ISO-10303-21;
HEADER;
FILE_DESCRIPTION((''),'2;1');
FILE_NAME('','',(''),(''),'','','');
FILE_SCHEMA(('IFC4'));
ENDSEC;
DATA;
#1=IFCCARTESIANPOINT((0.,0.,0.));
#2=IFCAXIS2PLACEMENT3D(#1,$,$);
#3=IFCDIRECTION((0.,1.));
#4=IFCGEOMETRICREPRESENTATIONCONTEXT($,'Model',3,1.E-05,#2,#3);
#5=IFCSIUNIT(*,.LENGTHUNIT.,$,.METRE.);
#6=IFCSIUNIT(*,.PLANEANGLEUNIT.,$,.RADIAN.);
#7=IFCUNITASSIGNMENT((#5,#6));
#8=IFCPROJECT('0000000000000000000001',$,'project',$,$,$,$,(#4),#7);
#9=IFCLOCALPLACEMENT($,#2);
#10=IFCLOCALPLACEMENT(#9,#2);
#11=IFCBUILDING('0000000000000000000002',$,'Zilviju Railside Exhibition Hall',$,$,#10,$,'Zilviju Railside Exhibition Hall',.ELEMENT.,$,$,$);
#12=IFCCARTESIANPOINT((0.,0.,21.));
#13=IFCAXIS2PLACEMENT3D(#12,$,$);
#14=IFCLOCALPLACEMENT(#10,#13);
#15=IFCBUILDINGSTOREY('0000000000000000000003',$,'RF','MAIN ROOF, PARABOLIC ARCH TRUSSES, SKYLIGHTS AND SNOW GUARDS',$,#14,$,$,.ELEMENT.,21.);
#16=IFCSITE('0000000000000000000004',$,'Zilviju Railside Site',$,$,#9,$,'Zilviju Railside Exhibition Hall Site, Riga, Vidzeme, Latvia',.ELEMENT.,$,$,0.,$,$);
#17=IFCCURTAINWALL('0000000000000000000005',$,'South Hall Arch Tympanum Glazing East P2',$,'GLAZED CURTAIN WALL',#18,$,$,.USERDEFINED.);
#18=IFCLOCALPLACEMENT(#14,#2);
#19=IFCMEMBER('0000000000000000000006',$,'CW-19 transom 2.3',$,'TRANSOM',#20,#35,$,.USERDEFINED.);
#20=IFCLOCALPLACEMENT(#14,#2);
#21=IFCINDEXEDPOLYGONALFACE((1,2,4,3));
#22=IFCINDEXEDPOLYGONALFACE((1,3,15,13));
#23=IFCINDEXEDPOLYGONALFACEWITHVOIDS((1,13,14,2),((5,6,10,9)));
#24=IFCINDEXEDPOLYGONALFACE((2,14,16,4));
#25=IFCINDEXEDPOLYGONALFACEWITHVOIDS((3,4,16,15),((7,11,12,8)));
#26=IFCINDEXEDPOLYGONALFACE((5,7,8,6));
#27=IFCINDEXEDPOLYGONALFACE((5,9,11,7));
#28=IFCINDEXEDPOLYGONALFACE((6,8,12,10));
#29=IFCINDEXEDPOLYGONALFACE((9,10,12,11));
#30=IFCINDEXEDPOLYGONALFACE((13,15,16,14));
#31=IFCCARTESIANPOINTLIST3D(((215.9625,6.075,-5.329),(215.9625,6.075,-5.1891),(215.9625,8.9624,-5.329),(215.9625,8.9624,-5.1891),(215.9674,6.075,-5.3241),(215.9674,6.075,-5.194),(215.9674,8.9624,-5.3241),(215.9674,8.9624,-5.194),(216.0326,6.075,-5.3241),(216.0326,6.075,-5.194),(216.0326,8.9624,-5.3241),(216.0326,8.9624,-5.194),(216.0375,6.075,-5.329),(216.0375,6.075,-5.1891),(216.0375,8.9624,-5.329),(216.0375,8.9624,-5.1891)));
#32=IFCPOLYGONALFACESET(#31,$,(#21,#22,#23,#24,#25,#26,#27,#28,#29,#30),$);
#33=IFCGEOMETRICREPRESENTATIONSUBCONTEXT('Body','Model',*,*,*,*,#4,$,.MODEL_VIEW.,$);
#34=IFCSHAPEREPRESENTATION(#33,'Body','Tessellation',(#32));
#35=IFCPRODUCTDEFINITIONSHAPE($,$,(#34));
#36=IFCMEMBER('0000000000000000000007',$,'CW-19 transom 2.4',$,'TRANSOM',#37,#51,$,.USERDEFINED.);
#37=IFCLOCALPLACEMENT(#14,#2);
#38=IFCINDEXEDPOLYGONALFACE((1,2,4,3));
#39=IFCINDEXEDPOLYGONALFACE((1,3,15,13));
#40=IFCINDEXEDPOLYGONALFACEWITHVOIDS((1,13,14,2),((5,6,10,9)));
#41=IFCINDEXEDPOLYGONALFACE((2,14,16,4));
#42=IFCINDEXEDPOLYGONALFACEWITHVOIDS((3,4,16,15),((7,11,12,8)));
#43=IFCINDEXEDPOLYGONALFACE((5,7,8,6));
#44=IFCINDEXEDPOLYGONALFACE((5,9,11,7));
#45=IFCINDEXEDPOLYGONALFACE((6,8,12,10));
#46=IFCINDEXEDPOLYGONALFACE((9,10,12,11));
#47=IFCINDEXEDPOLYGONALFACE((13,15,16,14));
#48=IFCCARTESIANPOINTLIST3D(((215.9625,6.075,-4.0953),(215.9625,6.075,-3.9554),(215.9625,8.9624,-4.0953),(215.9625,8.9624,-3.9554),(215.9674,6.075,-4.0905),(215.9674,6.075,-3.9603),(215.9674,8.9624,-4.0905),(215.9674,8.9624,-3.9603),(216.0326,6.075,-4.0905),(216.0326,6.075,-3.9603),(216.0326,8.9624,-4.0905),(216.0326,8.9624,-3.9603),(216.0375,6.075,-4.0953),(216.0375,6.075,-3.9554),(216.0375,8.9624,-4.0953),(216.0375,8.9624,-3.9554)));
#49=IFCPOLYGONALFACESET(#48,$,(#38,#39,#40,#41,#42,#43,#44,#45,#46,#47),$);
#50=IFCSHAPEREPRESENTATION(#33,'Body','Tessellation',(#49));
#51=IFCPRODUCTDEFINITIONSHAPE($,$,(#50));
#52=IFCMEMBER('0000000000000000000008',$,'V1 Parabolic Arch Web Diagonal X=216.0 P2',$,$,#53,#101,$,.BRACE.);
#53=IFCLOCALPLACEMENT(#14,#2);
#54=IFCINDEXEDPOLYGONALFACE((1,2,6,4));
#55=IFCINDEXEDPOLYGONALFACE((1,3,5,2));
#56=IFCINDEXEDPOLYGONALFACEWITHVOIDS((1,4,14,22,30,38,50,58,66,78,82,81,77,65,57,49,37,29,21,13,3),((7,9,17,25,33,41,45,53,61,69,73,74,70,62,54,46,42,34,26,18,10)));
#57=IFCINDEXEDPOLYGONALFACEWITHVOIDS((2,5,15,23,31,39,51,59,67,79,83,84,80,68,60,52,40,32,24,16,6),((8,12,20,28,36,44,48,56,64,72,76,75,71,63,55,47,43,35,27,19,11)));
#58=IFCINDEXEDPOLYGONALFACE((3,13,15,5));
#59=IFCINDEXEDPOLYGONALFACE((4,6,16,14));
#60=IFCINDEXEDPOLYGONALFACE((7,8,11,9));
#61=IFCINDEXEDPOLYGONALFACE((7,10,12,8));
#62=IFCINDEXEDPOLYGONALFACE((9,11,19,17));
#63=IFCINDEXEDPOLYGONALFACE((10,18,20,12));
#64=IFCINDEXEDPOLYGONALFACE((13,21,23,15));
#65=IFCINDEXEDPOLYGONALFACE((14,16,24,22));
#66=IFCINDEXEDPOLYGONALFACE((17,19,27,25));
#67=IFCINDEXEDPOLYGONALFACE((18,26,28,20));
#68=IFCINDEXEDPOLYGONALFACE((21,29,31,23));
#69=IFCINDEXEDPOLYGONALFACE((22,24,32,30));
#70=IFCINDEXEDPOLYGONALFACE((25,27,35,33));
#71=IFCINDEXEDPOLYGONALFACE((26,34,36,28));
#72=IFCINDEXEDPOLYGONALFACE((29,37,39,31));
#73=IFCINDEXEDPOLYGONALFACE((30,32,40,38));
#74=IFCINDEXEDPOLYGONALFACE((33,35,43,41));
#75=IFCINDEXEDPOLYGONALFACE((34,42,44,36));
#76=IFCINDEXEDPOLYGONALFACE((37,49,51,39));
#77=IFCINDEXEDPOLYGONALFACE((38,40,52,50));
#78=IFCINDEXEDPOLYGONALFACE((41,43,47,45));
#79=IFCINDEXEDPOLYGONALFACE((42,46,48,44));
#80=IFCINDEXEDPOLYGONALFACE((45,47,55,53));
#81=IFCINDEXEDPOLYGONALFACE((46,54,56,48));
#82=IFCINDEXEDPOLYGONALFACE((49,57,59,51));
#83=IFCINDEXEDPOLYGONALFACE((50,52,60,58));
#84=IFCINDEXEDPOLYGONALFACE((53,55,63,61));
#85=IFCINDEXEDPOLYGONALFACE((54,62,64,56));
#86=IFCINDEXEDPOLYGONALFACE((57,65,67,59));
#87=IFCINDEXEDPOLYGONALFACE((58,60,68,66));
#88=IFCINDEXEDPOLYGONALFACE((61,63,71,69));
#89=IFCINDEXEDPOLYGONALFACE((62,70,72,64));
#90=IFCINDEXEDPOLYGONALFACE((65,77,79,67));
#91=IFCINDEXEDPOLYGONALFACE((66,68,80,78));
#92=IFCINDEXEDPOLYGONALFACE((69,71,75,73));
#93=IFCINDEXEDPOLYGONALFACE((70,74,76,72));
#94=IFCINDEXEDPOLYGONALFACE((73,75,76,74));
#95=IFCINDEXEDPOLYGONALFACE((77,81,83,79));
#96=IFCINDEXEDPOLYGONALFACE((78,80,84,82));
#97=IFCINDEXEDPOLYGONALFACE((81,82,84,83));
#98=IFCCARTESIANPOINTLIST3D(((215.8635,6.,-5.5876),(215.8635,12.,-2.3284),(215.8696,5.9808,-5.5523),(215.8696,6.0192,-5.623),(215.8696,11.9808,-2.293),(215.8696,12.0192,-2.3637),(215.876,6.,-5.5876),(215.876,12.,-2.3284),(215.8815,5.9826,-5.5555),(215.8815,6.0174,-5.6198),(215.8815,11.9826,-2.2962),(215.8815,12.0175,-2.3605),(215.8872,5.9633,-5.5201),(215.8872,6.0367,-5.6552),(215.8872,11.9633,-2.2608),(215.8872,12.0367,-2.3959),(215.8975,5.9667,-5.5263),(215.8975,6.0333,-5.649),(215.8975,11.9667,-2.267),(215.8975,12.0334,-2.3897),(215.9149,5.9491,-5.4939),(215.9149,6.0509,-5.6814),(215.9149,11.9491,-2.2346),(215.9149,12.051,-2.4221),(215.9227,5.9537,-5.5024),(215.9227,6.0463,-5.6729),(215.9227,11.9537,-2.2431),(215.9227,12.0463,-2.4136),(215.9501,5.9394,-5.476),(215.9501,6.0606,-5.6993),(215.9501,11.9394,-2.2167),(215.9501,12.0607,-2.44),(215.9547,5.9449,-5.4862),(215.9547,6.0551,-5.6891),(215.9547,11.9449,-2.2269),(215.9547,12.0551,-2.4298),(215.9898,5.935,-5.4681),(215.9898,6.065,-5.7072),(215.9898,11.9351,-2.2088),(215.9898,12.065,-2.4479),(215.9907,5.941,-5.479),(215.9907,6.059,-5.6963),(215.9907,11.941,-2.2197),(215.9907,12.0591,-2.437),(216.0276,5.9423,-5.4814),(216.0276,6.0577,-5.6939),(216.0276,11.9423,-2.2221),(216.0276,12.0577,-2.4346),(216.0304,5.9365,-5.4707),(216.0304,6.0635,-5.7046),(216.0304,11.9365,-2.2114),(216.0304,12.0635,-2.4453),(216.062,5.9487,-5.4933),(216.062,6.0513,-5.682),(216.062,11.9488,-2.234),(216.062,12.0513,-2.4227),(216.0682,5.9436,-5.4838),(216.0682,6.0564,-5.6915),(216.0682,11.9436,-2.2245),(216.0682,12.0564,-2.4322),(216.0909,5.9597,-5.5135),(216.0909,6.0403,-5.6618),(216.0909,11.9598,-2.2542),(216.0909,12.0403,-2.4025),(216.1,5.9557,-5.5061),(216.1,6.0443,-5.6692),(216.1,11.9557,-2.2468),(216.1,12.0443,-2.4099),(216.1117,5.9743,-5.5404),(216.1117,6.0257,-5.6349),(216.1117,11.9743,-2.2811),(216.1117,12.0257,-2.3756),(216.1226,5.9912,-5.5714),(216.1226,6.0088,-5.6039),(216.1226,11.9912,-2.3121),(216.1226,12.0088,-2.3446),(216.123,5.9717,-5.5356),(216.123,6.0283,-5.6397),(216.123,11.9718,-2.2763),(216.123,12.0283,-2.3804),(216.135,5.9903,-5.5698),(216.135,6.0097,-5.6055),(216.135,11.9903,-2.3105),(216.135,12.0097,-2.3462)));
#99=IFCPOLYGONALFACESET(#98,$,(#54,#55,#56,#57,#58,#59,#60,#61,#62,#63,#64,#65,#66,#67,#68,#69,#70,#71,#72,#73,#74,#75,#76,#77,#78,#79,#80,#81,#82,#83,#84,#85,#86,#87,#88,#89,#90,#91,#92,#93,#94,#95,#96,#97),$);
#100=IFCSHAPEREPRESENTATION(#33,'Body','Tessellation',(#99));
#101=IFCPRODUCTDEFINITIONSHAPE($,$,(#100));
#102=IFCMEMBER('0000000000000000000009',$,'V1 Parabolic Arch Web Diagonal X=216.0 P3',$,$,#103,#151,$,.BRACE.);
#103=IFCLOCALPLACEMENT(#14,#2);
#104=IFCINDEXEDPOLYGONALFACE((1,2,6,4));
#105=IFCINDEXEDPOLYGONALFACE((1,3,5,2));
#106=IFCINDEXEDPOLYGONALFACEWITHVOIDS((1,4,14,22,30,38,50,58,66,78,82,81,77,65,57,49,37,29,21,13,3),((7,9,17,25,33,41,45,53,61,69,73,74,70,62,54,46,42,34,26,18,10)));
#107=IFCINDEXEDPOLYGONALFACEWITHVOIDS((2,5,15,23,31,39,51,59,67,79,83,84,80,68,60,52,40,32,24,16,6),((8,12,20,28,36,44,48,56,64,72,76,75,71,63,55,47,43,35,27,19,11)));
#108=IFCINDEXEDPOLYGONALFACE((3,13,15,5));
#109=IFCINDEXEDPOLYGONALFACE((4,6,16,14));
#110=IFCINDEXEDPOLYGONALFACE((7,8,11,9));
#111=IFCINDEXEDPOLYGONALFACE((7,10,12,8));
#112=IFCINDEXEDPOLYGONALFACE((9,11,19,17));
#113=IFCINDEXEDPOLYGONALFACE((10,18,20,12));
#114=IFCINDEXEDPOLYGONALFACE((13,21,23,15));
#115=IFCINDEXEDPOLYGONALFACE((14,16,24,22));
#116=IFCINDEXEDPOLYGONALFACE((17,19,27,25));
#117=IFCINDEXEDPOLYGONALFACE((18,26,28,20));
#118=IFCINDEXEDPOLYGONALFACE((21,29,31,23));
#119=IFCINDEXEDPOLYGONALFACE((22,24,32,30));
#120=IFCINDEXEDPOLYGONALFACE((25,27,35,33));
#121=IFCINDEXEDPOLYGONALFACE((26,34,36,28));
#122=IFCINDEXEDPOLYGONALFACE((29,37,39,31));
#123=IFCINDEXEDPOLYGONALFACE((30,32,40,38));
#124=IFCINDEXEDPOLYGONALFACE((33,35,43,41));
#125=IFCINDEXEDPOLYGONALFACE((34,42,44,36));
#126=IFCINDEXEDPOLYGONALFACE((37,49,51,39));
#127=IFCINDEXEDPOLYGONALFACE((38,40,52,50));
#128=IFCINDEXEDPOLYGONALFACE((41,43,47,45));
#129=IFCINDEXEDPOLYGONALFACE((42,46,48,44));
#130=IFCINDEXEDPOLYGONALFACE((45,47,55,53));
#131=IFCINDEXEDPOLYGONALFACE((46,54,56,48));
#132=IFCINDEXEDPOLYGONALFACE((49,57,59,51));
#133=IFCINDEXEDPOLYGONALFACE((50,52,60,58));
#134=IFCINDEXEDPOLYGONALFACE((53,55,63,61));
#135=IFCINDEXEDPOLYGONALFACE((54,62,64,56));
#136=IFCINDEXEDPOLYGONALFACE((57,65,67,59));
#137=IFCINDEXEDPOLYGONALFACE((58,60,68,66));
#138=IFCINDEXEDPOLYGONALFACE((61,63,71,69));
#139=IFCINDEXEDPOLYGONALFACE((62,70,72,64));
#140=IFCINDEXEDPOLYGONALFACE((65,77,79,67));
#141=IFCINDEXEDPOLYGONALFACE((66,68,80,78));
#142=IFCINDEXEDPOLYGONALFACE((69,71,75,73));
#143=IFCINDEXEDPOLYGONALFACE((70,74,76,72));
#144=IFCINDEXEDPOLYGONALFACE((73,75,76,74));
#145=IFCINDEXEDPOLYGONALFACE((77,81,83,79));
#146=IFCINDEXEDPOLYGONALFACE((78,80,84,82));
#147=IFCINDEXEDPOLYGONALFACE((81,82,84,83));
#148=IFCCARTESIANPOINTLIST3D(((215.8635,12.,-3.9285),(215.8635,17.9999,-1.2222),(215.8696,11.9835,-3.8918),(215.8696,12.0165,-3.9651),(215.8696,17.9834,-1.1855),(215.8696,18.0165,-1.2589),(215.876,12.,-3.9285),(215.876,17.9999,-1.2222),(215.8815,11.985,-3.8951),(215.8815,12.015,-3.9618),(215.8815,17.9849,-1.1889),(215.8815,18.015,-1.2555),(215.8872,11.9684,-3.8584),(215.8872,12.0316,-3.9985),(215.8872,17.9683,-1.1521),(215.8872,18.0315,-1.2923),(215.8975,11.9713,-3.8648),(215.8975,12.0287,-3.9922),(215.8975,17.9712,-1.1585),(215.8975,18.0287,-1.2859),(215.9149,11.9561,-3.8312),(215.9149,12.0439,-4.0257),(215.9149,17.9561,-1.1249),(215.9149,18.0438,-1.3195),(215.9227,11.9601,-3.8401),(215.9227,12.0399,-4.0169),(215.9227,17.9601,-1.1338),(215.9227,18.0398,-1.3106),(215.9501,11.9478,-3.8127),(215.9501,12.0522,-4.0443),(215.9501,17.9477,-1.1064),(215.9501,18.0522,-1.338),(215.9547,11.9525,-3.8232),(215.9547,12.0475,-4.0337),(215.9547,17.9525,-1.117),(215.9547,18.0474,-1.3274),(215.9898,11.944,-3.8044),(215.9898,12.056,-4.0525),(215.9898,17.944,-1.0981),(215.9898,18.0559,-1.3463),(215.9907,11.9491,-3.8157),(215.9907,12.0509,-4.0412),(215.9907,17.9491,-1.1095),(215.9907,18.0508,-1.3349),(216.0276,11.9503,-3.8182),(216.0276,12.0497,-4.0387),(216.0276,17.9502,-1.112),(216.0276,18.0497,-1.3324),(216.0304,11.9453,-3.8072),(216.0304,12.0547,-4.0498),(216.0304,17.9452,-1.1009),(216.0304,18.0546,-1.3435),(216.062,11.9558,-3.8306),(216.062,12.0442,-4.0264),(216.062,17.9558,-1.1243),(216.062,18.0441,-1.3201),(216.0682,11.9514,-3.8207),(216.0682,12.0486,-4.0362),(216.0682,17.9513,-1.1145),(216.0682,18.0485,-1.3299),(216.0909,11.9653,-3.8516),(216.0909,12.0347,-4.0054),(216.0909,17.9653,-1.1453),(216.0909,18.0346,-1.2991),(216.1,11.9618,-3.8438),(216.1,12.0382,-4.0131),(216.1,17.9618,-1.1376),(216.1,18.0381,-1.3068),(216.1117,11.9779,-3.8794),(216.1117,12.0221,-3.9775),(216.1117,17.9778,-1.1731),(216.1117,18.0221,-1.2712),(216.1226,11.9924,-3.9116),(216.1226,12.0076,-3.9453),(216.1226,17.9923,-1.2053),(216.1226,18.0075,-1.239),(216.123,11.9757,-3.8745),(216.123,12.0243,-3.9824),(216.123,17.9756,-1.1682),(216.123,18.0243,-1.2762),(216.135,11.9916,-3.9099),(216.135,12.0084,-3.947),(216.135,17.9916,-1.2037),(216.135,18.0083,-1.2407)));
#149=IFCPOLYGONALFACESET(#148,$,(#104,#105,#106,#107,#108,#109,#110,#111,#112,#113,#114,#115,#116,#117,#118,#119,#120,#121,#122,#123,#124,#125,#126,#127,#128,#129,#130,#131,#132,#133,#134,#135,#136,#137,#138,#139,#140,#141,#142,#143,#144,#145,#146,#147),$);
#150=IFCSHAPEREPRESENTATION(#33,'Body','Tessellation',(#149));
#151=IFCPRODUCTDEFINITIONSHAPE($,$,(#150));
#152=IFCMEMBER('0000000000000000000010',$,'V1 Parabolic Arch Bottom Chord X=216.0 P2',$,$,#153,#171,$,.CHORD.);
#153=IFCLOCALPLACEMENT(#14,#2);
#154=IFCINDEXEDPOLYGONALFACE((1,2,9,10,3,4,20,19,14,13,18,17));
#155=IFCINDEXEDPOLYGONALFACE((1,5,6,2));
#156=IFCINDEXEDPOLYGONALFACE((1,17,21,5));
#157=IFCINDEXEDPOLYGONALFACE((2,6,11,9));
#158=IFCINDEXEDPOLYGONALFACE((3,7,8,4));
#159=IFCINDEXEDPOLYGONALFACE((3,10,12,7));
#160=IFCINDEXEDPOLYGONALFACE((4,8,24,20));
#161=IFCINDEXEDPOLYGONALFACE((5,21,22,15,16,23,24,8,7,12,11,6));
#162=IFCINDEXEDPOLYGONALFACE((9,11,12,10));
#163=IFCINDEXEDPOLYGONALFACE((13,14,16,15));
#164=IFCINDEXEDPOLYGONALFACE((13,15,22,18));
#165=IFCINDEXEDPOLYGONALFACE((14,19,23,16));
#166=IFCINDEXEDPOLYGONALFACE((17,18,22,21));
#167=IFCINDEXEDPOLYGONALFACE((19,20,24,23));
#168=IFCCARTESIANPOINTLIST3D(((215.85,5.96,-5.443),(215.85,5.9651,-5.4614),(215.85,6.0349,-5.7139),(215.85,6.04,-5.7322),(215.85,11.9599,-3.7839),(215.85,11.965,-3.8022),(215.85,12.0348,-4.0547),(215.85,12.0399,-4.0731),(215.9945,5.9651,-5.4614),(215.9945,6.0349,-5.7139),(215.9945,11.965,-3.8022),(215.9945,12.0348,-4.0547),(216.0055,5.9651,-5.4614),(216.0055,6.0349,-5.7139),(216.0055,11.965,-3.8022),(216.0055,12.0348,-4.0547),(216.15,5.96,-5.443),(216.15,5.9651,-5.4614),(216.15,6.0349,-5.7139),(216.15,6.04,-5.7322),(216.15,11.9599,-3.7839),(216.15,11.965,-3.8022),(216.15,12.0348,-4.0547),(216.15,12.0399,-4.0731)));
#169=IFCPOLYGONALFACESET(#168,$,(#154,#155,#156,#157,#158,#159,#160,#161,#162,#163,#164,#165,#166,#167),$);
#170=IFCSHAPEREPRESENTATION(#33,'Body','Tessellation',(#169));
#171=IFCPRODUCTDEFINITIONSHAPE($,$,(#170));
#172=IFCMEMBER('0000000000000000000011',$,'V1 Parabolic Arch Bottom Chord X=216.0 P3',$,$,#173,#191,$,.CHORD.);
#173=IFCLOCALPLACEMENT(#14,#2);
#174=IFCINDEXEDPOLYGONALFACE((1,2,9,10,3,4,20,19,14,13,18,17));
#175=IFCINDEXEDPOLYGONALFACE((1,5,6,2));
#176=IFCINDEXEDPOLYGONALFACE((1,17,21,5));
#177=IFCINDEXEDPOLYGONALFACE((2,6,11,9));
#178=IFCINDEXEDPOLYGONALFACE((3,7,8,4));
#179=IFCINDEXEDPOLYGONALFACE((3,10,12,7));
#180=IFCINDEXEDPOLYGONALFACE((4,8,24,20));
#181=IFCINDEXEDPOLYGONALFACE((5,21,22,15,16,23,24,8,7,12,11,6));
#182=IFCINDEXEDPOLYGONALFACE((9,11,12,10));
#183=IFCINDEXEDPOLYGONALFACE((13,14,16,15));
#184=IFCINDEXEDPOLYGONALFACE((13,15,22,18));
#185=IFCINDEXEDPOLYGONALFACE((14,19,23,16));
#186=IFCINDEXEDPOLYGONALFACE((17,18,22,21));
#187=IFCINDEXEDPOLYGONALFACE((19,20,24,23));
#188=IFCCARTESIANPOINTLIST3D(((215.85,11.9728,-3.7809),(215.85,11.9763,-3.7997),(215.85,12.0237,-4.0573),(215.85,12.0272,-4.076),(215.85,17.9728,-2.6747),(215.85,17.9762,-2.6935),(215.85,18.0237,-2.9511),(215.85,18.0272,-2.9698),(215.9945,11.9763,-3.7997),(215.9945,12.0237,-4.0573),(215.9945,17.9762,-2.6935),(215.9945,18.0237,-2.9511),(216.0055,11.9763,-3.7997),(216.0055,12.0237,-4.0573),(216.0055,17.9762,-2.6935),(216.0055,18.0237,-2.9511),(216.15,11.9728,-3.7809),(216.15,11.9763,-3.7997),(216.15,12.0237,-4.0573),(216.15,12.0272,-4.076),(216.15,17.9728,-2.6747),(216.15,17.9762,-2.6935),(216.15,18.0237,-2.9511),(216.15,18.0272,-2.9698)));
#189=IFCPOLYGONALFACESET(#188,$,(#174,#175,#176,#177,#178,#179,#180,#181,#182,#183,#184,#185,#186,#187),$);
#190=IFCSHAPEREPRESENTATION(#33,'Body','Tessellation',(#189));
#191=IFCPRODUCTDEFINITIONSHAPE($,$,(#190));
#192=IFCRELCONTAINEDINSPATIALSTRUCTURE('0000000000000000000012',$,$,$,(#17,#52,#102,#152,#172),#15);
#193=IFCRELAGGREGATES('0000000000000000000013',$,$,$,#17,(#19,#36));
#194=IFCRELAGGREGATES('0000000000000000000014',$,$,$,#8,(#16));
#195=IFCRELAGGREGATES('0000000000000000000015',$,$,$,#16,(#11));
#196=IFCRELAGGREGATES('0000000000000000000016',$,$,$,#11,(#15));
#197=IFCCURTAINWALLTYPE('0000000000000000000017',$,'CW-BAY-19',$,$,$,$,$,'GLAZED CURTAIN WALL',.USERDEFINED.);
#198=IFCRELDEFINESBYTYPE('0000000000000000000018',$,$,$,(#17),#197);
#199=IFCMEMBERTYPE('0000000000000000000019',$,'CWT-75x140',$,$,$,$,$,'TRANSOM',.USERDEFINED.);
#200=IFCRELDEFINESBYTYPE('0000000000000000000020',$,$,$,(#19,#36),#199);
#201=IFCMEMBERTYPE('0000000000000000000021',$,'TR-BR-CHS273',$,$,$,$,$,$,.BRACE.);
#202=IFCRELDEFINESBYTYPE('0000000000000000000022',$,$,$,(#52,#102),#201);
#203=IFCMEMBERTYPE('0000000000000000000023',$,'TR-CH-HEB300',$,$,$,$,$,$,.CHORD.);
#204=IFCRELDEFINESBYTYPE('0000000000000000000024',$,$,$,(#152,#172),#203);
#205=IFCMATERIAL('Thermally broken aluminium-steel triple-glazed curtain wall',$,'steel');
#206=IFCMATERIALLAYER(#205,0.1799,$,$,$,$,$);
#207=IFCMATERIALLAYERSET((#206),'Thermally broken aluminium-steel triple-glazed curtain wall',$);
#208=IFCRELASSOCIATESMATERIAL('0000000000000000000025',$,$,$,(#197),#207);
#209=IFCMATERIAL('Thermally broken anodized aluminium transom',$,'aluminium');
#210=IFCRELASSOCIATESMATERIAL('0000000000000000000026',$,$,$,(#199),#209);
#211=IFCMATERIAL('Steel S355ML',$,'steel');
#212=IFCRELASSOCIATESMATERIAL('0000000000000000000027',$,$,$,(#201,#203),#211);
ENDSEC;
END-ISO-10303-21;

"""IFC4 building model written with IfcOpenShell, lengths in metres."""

from ifc_helpers import new_model, si_unit, direction, frame, origin, origin_2d, place, context, subcontext, project, spatial, hollow_rectangle, hollow_circle, i_section, extrude, material, layer, layer_set, material_profile, profile_set, type_object, element, aggregate, save


model = new_model("IFC4")

# Units and contexts
model_context = context("Model", 3, precision=1e-05, world=origin(), true_north=direction((0.0, 1.0)))
body_context = subcontext(model_context, "Body", "Model", "MODEL_VIEW")
ifc_project = project(units=[si_unit("LENGTHUNIT", "METRE"), si_unit("PLANEANGLEUNIT", "RADIAN")], contexts=[model_context])

# Site, building, storey
site_placement = place(None, origin())
site = spatial("IfcSite", under=ifc_project, at=site_placement, Name="Zilviju Railside Site", LongName="Zilviju Railside Exhibition Hall Site, Riga, Vidzeme, Latvia", CompositionType="ELEMENT", RefElevation=0.0)
building_placement = place(site_placement, origin())
building = spatial("IfcBuilding", under=site, at=building_placement, Name="Zilviju Railside Exhibition Hall", LongName="Zilviju Railside Exhibition Hall", CompositionType="ELEMENT")
storey_placement = place(building_placement, frame((0.0, 0.0, 21.0)))
storey = spatial("IfcBuildingStorey", under=building, at=storey_placement, Name="RF", Description="MAIN ROOF, PARABOLIC ARCH TRUSSES, SKYLIGHTS AND SNOW GUARDS", CompositionType="ELEMENT", Elevation=21.0)

# Shared definitions
ifc_material_1 = material(Name="Thermally broken aluminium-steel triple-glazed curtain wall", Category="steel")

# Curtain wall, members
ifc_layer_1 = layer(ifc_material_1, 0.1799)
ifc_layer_set_1 = layer_set([ifc_layer_1], Name="Thermally broken aluminium-steel triple-glazed curtain wall")
curtain_wall_type_1 = type_object("IfcCurtainWallType", Name="CW-BAY-19", ElementType="GLAZED CURTAIN WALL", PredefinedType="USERDEFINED", material=ifc_layer_set_1)
curtain_wall_1_placement = place(storey_placement, origin())
curtain_wall_1 = element("IfcCurtainWall", 1, at=curtain_wall_1_placement, inside=storey, type_object=curtain_wall_type_1, Name="South Hall Arch Tympanum Glazing East P2", ObjectType="GLAZED CURTAIN WALL", PredefinedType="USERDEFINED")
ifc_material_2 = material(Name="Thermally broken anodized aluminium transom", Category="aluminium")
ifc_material_profile_1 = material_profile(ifc_material_2, hollow_rectangle(XDim=0.075, YDim=0.1399, WallThickness=0.0049, at=origin_2d()), Name="TRANSOM 140x75x5")
ifc_profile_set_1 = profile_set([ifc_material_profile_1], Name="Thermally broken anodized aluminium transom")
member_type_1 = type_object("IfcMemberType", Name="CWT-75x140", ElementType="TRANSOM", PredefinedType="USERDEFINED", material=ifc_profile_set_1)
member_1_placement = place(storey_placement, frame((216.0, 8.9624, -5.259), z_axis=(0.0, -1.0, 0.0), x_axis=(1.0, 0.0, 0.0)))
member_1 = element("IfcMember", 2, at=member_1_placement, type_object=member_type_1, Name="CW-19 transom 2.3", ObjectType="TRANSOM", PredefinedType="USERDEFINED", context=body_context, shape_type="SweptSolid", body=[
    extrude(hollow_rectangle(XDim=0.075, YDim=0.1399, WallThickness=0.0049, at=origin_2d()), origin(), (0.0, 0.0, 1.0), 2.8875),
])
member_2_placement = place(storey_placement, frame((216.0, 8.9624, -4.0254), z_axis=(0.0, -1.0, 0.0), x_axis=(1.0, 0.0, 0.0)))
member_2 = element("IfcMember", 3, at=member_2_placement, type_object=member_type_1, Name="CW-19 transom 2.4", ObjectType="TRANSOM", PredefinedType="USERDEFINED", context=body_context, shape_type="SweptSolid", body=[
    extrude(hollow_rectangle(XDim=0.075, YDim=0.1399, WallThickness=0.0049, at=origin_2d()), origin(), (0.0, 0.0, 1.0), 2.8875),
])

# Members
ifc_material_3 = material(Name="Steel S355ML", Category="steel")
ifc_material_profile_2 = material_profile(ifc_material_3, hollow_circle(Radius=0.1365, WallThickness=0.0125, at=origin_2d()), Name="CHS 273.0x12.5")
ifc_profile_set_2 = profile_set([ifc_material_profile_2], Name="Steel S355ML")
member_type_2 = type_object("IfcMemberType", Name="TR-BR-CHS273", PredefinedType="BRACE", material=ifc_profile_set_2)
member_3_placement = place(storey_placement, frame((216.0, 6.0, -5.5876), z_axis=(0.0, 0.878722, 0.477333), x_axis=(-1.0, 0.0, 0.0)))
element("IfcMember", 4, at=member_3_placement, inside=storey, type_object=member_type_2, Name="V1 Parabolic Arch Web Diagonal X=216.0 P2", PredefinedType="BRACE", context=body_context, shape_type="SweptSolid", body=[
    extrude(hollow_circle(Radius=0.1365, WallThickness=0.0125, at=origin_2d()), origin(), (0.0, 0.0, 1.0), 6.8281),
])
member_4_placement = place(storey_placement, frame((216.0, 12.0, -3.9285), z_axis=(0.0, 0.911563, 0.41116), x_axis=(-1.0, 0.0, 0.0)))
element("IfcMember", 5, at=member_4_placement, inside=storey, type_object=member_type_2, Name="V1 Parabolic Arch Web Diagonal X=216.0 P3", PredefinedType="BRACE", context=body_context, shape_type="SweptSolid", body=[
    extrude(hollow_circle(Radius=0.1365, WallThickness=0.0125, at=origin_2d()), origin(), (0.0, 0.0, 1.0), 6.582),
])
ifc_material_profile_3 = material_profile(ifc_material_3, i_section(OverallWidth=0.3, OverallDepth=0.3, WebThickness=0.011, FlangeThickness=0.019, at=origin_2d()), Name="HEB 300")
ifc_profile_set_3 = profile_set([ifc_material_profile_3], Name="Steel S355ML")
member_type_3 = type_object("IfcMemberType", Name="TR-CH-HEB300", PredefinedType="CHORD", material=ifc_profile_set_3)
member_5_placement = place(storey_placement, frame((216.0, 6.0, -5.5876), z_axis=(0.0, 0.963827, 0.266527), x_axis=(-1.0, 0.0, 0.0)))
element("IfcMember", 6, at=member_5_placement, inside=storey, type_object=member_type_3, Name="V1 Parabolic Arch Bottom Chord X=216.0 P2", PredefinedType="CHORD", context=body_context, shape_type="SweptSolid", body=[
    extrude(i_section(OverallWidth=0.3, OverallDepth=0.3, WebThickness=0.011, FlangeThickness=0.019, at=origin_2d()), origin(), (0.0, 0.0, 1.0), 6.2251),
])
member_6_placement = place(storey_placement, frame((216.0, 12.0, -3.9285), z_axis=(0.0, 0.983426, 0.181311), x_axis=(-1.0, 0.0, 0.0)))
element("IfcMember", 7, at=member_6_placement, inside=storey, type_object=member_type_3, Name="V1 Parabolic Arch Bottom Chord X=216.0 P3", PredefinedType="CHORD", context=body_context, shape_type="SweptSolid", body=[
    extrude(i_section(OverallWidth=0.3, OverallDepth=0.3, WebThickness=0.011, FlangeThickness=0.019, at=origin_2d()), origin(), (0.0, 0.0, 1.0), 6.1011),
])

aggregate(curtain_wall_1, [member_1, member_2])

save(model, "model.ifc")
